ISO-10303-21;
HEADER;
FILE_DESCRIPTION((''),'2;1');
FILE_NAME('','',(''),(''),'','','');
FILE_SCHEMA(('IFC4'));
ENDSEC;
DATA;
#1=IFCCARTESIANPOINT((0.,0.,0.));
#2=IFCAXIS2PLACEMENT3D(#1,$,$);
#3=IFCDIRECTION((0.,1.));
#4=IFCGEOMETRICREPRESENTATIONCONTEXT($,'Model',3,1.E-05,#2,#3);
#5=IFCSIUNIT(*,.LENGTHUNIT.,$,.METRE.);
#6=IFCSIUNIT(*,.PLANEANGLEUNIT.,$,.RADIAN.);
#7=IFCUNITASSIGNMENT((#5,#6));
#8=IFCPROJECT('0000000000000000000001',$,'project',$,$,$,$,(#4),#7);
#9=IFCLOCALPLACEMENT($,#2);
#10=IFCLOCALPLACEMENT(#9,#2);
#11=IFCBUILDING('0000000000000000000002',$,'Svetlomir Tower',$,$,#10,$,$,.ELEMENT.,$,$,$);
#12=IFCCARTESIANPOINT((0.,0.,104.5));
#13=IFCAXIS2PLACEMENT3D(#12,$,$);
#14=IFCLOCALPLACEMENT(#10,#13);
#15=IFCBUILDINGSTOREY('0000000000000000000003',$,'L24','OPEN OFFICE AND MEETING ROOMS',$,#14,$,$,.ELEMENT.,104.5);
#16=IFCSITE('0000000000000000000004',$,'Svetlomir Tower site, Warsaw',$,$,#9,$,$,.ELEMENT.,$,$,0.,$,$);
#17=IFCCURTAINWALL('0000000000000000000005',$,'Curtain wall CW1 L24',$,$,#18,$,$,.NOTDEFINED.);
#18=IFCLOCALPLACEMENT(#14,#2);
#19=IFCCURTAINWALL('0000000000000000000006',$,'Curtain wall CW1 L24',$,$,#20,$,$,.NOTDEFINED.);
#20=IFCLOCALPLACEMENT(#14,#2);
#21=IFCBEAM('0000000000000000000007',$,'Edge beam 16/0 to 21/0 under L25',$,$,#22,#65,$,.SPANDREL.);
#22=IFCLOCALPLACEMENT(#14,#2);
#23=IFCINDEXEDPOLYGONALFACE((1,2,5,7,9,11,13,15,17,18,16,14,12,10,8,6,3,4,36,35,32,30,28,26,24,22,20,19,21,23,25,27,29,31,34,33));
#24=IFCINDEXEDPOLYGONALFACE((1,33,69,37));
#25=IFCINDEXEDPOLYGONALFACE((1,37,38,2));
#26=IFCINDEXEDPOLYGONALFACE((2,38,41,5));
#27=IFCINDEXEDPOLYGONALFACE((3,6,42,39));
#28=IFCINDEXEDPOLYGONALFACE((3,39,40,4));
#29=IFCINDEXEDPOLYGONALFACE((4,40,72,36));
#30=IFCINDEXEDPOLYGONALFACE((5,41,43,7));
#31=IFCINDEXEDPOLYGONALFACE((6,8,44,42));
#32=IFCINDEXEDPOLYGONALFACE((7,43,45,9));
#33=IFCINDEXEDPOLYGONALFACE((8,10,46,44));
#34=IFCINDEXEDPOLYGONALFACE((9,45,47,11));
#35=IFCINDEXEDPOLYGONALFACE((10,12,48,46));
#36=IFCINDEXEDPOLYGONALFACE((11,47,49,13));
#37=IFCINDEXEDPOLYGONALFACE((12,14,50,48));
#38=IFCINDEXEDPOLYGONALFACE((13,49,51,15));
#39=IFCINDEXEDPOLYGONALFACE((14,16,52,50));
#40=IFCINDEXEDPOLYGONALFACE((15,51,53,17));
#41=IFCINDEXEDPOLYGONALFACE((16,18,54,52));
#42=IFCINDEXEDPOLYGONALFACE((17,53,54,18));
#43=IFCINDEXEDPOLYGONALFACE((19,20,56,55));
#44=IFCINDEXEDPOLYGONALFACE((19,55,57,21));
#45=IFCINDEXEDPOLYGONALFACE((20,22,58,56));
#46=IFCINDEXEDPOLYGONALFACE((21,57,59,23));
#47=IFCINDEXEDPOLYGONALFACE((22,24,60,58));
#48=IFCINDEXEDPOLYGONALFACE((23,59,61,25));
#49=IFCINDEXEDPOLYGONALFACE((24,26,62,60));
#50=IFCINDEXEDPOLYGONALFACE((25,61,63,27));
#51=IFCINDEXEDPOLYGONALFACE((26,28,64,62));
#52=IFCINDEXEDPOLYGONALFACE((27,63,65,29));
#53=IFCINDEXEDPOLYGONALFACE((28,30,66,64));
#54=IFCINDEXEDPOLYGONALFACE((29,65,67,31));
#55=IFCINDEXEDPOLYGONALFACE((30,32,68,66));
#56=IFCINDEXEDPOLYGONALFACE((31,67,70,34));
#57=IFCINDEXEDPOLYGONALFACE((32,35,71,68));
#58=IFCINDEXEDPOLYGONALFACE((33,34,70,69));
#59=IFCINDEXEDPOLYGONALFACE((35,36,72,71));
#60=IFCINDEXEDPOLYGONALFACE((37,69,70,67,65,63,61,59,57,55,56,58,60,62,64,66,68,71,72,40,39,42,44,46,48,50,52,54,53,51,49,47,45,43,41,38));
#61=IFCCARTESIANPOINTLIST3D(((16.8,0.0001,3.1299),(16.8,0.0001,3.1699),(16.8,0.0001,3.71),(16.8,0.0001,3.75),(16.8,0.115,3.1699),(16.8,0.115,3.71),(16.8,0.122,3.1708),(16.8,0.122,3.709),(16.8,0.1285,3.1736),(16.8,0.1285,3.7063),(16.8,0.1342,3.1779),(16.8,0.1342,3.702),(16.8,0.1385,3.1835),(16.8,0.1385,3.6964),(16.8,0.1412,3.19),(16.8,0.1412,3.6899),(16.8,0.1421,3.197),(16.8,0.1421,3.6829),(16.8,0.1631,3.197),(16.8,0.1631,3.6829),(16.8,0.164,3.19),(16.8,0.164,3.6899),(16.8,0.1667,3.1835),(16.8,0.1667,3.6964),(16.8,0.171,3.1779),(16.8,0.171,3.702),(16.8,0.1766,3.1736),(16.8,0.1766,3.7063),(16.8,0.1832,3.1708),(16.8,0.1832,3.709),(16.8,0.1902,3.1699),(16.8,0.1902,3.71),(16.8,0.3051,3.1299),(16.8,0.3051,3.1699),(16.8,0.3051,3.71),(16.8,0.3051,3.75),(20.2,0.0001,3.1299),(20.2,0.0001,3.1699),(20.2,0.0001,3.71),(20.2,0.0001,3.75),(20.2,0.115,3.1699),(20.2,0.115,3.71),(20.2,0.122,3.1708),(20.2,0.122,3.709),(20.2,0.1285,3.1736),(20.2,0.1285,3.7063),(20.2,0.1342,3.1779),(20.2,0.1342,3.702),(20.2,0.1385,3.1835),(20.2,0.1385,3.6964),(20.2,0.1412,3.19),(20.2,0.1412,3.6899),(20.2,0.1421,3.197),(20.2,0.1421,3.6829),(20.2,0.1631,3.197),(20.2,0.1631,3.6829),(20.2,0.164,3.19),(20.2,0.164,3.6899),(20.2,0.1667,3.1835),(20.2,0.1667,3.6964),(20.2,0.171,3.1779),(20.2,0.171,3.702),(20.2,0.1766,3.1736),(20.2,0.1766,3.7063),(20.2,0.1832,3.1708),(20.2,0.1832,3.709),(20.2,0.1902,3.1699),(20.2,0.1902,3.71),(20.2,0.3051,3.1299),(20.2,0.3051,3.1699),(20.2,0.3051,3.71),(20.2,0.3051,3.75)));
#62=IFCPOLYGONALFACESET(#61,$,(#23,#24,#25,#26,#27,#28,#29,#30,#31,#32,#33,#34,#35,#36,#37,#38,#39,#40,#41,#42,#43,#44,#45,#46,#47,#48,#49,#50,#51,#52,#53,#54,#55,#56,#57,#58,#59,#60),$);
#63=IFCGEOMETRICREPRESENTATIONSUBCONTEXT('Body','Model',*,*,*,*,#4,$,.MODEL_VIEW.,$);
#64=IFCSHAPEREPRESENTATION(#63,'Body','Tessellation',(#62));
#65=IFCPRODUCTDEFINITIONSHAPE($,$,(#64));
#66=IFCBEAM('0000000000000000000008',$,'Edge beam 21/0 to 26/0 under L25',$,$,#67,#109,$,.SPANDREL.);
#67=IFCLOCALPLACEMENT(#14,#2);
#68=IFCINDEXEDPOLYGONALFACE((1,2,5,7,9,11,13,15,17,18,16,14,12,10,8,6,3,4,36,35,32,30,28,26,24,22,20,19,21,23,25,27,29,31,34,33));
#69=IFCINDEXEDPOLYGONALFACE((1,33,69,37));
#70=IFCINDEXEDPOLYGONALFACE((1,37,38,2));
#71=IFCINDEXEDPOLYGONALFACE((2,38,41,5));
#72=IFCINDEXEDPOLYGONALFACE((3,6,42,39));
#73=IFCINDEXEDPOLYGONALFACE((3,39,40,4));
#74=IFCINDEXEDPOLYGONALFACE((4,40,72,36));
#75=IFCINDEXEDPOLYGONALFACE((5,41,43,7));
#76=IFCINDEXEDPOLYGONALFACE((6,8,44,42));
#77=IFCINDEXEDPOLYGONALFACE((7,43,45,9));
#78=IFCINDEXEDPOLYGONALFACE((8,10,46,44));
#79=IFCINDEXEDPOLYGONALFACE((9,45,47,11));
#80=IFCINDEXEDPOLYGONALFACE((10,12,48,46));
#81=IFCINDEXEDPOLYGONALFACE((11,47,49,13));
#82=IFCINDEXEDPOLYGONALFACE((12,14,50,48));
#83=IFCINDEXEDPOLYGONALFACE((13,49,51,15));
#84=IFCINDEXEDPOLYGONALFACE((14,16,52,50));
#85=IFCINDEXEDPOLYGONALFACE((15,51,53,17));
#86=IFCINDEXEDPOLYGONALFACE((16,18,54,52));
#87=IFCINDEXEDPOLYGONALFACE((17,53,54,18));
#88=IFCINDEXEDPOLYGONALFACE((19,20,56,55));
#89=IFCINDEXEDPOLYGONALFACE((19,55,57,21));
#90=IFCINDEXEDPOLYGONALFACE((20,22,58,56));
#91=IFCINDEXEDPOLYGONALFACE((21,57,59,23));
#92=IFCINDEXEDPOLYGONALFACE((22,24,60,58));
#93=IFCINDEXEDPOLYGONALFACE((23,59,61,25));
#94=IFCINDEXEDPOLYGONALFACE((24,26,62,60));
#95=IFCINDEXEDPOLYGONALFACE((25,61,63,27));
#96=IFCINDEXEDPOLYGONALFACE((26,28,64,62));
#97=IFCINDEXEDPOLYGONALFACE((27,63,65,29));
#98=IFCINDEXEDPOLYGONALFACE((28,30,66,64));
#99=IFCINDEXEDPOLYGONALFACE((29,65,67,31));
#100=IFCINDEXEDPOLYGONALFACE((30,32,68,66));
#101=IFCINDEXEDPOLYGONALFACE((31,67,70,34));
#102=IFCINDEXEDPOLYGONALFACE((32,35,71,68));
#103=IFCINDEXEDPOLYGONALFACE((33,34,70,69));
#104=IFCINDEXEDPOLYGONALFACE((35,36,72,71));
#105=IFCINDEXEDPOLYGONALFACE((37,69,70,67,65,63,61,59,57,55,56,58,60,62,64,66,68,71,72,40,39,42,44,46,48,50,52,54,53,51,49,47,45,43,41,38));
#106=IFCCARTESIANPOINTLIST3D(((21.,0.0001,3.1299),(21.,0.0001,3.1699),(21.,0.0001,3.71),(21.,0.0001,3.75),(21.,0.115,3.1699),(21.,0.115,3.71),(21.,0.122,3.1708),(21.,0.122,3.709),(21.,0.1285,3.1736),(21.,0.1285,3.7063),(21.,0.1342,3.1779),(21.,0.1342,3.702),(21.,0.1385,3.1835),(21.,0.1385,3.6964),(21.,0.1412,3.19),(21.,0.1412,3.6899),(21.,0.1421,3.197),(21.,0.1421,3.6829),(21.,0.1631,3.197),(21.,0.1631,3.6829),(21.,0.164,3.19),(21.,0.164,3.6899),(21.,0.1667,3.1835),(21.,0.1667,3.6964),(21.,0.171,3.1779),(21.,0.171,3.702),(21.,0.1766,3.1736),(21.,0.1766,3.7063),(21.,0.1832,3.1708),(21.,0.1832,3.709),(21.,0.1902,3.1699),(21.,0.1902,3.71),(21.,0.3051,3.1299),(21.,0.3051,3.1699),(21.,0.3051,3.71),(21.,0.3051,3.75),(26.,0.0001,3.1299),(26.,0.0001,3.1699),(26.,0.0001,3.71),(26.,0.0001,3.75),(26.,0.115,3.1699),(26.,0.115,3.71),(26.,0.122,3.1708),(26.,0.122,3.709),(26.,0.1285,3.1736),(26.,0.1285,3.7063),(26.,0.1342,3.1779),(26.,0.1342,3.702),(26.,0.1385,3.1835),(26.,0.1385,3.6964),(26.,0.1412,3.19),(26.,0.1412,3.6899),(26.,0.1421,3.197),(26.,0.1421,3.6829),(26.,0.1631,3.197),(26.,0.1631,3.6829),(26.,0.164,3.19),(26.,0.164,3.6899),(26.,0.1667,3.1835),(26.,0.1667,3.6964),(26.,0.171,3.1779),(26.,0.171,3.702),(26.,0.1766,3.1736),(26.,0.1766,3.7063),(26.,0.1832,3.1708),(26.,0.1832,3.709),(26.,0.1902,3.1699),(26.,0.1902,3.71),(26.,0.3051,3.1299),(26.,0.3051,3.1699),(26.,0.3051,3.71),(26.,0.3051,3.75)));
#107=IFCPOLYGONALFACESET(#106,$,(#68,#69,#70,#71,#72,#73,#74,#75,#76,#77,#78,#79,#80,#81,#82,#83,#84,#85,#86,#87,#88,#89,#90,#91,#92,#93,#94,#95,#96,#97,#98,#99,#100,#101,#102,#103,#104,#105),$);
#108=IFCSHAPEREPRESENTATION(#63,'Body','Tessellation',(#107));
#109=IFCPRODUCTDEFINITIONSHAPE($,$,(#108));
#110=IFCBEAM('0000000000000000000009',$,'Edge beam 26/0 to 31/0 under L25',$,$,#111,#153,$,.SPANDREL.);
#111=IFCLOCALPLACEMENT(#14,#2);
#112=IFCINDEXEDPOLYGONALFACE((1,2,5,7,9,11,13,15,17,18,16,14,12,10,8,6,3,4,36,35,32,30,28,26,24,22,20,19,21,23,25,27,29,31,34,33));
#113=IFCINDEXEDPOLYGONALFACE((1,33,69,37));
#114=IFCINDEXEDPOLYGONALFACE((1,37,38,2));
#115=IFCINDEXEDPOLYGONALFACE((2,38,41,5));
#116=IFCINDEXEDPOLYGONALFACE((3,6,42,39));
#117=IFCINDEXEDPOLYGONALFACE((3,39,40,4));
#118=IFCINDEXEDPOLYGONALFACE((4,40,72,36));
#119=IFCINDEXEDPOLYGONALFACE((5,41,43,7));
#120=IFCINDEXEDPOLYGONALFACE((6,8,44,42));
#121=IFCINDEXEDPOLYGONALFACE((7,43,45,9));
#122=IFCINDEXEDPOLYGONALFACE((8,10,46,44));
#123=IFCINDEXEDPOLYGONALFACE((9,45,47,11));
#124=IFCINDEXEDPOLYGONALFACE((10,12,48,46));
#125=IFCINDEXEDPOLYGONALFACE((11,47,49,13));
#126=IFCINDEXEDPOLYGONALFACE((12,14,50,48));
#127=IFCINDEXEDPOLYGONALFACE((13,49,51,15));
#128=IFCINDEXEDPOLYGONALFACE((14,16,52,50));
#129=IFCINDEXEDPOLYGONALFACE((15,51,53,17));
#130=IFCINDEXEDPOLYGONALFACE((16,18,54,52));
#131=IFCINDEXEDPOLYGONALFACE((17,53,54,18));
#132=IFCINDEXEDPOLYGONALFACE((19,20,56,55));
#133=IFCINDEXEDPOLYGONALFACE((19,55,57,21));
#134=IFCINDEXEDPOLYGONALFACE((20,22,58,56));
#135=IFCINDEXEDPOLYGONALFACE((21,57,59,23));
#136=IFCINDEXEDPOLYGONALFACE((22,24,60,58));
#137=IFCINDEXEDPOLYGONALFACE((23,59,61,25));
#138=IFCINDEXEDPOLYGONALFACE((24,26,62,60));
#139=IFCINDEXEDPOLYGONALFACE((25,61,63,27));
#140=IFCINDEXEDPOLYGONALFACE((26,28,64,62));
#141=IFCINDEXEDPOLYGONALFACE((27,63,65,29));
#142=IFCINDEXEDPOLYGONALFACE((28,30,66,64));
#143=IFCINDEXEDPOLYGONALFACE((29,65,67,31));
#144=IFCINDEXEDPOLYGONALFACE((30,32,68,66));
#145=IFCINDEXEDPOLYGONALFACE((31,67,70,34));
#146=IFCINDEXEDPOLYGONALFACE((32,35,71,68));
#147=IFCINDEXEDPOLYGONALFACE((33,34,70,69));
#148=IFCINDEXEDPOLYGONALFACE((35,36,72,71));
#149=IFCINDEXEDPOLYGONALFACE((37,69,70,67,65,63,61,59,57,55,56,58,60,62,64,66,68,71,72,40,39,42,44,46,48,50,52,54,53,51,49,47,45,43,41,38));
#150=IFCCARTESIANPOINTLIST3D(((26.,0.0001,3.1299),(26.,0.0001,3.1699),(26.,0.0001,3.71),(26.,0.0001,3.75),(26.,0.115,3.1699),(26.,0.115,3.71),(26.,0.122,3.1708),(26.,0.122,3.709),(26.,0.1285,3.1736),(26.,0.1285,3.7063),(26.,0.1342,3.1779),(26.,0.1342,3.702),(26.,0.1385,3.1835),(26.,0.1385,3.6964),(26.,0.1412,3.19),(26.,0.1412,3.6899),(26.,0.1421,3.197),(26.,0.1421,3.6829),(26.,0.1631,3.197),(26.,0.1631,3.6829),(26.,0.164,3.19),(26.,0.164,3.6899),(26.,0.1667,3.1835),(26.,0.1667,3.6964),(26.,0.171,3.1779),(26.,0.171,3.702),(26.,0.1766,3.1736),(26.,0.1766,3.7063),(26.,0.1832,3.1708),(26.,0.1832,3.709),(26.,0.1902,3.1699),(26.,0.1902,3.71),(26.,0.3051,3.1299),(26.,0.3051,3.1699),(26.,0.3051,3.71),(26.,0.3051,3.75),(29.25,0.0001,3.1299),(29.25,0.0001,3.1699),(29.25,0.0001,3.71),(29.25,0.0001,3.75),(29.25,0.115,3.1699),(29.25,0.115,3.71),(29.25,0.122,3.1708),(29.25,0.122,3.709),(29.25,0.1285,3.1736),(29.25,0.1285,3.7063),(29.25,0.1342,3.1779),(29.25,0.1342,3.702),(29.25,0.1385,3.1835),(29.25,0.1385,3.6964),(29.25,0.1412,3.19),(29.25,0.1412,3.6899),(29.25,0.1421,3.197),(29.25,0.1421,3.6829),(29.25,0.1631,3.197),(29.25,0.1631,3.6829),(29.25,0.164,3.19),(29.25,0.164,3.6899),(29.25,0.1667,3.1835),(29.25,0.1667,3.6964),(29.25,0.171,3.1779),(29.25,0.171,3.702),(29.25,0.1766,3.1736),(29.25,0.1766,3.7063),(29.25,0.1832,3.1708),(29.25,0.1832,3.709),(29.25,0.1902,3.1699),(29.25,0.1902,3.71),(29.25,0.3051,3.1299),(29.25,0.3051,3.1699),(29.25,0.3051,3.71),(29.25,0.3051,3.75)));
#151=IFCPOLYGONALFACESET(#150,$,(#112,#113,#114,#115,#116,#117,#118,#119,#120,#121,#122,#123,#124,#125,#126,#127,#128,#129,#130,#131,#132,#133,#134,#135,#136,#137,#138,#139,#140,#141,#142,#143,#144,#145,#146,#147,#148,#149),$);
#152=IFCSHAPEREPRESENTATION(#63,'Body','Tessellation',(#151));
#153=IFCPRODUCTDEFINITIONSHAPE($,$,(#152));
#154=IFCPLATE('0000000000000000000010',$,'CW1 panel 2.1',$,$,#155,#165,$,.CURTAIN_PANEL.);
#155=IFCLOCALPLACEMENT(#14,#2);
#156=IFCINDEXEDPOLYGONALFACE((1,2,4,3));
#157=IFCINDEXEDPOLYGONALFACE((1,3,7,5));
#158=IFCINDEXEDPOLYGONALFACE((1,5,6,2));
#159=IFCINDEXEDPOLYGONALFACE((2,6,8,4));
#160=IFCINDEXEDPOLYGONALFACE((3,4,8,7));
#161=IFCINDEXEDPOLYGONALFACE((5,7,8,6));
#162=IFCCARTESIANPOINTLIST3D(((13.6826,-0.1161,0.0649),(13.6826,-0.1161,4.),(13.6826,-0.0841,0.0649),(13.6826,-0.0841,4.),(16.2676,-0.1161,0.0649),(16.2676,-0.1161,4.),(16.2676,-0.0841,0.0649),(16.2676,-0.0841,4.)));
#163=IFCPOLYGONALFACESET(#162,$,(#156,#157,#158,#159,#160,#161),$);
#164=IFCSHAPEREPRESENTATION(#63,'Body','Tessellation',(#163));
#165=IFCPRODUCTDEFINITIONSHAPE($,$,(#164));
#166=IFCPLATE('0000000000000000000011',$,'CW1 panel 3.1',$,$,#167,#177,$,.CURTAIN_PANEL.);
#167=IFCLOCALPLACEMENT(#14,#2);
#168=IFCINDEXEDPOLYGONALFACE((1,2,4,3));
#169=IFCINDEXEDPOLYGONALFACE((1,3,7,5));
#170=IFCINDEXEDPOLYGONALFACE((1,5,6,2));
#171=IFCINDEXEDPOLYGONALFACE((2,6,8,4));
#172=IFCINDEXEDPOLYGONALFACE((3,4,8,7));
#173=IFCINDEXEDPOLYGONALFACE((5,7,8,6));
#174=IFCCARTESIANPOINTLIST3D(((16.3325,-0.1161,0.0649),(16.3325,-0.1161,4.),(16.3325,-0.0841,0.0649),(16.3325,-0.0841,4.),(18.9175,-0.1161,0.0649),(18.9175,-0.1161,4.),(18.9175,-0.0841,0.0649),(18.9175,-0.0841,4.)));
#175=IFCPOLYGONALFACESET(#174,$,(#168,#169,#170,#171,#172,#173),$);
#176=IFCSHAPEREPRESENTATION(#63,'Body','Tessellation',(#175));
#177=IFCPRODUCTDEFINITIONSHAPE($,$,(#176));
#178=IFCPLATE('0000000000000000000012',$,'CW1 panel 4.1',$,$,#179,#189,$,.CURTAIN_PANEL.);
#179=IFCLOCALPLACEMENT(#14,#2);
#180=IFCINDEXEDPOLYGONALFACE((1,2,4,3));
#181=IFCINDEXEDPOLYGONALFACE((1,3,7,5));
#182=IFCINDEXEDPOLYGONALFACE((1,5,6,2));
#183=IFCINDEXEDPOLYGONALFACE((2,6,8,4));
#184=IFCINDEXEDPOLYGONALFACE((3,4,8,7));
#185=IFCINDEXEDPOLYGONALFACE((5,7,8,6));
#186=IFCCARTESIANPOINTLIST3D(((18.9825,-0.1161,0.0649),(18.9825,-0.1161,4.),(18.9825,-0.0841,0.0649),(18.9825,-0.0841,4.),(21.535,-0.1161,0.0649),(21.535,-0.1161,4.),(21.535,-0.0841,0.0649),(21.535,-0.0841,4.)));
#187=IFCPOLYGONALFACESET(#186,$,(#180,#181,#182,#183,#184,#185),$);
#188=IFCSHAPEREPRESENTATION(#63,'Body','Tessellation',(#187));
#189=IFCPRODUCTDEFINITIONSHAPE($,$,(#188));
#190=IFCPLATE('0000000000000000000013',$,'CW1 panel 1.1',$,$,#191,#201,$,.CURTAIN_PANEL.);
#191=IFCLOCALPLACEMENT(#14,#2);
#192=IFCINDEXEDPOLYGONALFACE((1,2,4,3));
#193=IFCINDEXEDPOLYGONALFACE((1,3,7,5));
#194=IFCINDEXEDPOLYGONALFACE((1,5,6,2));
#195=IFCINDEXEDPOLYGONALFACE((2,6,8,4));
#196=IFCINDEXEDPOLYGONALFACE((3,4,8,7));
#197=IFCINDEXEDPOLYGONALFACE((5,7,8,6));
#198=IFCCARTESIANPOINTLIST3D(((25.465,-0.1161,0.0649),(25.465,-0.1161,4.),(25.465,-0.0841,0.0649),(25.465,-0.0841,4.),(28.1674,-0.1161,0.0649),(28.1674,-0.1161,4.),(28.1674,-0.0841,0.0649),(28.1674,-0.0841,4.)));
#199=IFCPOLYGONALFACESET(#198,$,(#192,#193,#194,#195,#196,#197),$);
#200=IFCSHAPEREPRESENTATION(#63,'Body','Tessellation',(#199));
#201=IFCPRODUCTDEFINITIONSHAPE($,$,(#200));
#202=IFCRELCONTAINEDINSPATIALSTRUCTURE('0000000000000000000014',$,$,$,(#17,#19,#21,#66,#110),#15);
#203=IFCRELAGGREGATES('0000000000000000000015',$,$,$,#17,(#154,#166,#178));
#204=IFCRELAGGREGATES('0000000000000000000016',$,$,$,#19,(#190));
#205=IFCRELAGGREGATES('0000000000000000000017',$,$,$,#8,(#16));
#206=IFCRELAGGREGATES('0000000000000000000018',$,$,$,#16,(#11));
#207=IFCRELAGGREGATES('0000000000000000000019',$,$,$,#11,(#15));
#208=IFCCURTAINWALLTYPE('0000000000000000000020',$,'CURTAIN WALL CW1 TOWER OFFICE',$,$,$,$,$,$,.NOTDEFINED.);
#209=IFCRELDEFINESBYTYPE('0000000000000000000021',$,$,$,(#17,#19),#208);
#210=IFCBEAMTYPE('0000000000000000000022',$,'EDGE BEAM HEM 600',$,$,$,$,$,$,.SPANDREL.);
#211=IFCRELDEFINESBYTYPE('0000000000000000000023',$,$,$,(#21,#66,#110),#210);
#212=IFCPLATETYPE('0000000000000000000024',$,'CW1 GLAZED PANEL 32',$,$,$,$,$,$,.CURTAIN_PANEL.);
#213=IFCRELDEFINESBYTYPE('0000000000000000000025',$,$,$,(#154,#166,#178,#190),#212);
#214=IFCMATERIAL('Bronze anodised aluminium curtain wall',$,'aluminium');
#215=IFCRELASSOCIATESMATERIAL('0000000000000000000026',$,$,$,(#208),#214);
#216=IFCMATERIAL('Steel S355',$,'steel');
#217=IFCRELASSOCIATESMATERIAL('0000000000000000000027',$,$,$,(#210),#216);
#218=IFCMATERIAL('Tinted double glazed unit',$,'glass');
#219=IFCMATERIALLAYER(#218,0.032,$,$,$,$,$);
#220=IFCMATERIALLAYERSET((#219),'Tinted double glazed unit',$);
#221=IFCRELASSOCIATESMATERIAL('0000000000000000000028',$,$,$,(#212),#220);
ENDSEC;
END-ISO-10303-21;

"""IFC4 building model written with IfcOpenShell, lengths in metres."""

from ifc_helpers import new_model, si_unit, direction, frame, origin, origin_2d, place, context, subcontext, project, spatial, rectangle, i_section, extrude, material, layer, layer_set, material_profile, profile_set, type_object, element, aggregate, save


model = new_model("IFC4")

# Units and contexts
model_context = context("Model", 3, precision=1e-05, world=origin(), true_north=direction((0.0, 1.0)))
body_context = subcontext(model_context, "Body", "Model", "MODEL_VIEW")
ifc_project = project(units=[si_unit("LENGTHUNIT", "METRE"), si_unit("PLANEANGLEUNIT", "RADIAN")], contexts=[model_context])

# Site, building, storey
site_placement = place(None, origin())
site = spatial("IfcSite", under=ifc_project, at=site_placement, Name="Svetlomir Tower site, Warsaw", CompositionType="ELEMENT", RefElevation=0.0)
building_placement = place(site_placement, origin())
building = spatial("IfcBuilding", under=site, at=building_placement, Name="Svetlomir Tower", CompositionType="ELEMENT")
storey_placement = place(building_placement, frame((0.0, 0.0, 104.5)))
storey = spatial("IfcBuildingStorey", under=building, at=storey_placement, Name="L24", Description="OPEN OFFICE AND MEETING ROOMS", CompositionType="ELEMENT", Elevation=104.5)

# Curtain walls
ifc_material_1 = material(Name="Bronze anodised aluminium curtain wall", Category="aluminium")
curtain_wall_type = type_object("IfcCurtainWallType", Name="CURTAIN WALL CW1 TOWER OFFICE", PredefinedType="NOTDEFINED", material=ifc_material_1)
curtain_wall_1_placement = place(storey_placement, origin())
curtain_wall_1 = element("IfcCurtainWall", 1, at=curtain_wall_1_placement, inside=storey, type_object=curtain_wall_type, Name="Curtain wall CW1 L24", PredefinedType="NOTDEFINED")
curtain_wall_2_placement = place(storey_placement, origin())
curtain_wall_2 = element("IfcCurtainWall", 2, at=curtain_wall_2_placement, inside=storey, type_object=curtain_wall_type, Name="Curtain wall CW1 L24", PredefinedType="NOTDEFINED")

# Beams
ifc_material_2 = material(Name="Steel S355", Category="steel")
ifc_material_profile_1 = material_profile(ifc_material_2, i_section(OverallWidth=0.3049, OverallDepth=0.6201, WebThickness=0.021, FlangeThickness=0.04, FilletRadius=0.0271, at=origin_2d()), Name="HEM 600")
ifc_profile_set_1 = profile_set([ifc_material_profile_1], Name="Steel S355")
beam_type_1 = type_object("IfcBeamType", Name="EDGE BEAM HEM 600", PredefinedType="SPANDREL", material=ifc_profile_set_1)
beam_1_placement = place(storey_placement, frame((16.8, 0.1526, 3.4399), z_axis=(1.0, 0.0, 0.0), x_axis=(0.0, 1.0, 0.0)))
element("IfcBeam", 3, at=beam_1_placement, inside=storey, type_object=beam_type_1, Name="Edge beam 16/0 to 21/0 under L25", PredefinedType="SPANDREL", context=body_context, shape_type="SweptSolid", body=[
    extrude(i_section(OverallWidth=0.3049, OverallDepth=0.6201, WebThickness=0.021, FlangeThickness=0.04, FilletRadius=0.0271, at=origin_2d()), origin(), (0.0, 0.0, 1.0), 3.3999),
])
beam_2_placement = place(storey_placement, frame((21.0, 0.1526, 3.4399), z_axis=(1.0, 0.0, 0.0), x_axis=(0.0, 1.0, 0.0)))
element("IfcBeam", 4, at=beam_2_placement, inside=storey, type_object=beam_type_1, Name="Edge beam 21/0 to 26/0 under L25", PredefinedType="SPANDREL", context=body_context, shape_type="SweptSolid", body=[
    extrude(i_section(OverallWidth=0.3049, OverallDepth=0.6201, WebThickness=0.021, FlangeThickness=0.04, FilletRadius=0.0271, at=origin_2d()), origin(), (0.0, 0.0, 1.0), 5.0),
])
beam_3_placement = place(storey_placement, frame((26.0, 0.1526, 3.4399), z_axis=(1.0, 0.0, 0.0), x_axis=(0.0, 1.0, 0.0)))
element("IfcBeam", 5, at=beam_3_placement, inside=storey, type_object=beam_type_1, Name="Edge beam 26/0 to 31/0 under L25", PredefinedType="SPANDREL", context=body_context, shape_type="SweptSolid", body=[
    extrude(i_section(OverallWidth=0.3049, OverallDepth=0.6201, WebThickness=0.021, FlangeThickness=0.04, FilletRadius=0.0271, at=origin_2d()), origin(), (0.0, 0.0, 1.0), 3.25),
])

# Plates
ifc_material_3 = material(Name="Tinted double glazed unit", Category="glass")
ifc_layer_1 = layer(ifc_material_3, 0.032)
ifc_layer_set_1 = layer_set([ifc_layer_1], Name="Tinted double glazed unit")
plate_type = type_object("IfcPlateType", Name="CW1 GLAZED PANEL 32", PredefinedType="CURTAIN_PANEL", material=ifc_layer_set_1)
plate_1_placement = place(storey_placement, frame((14.9751, -0.1001, 0.0649), z_axis=(0.0, 0.0, 1.0), x_axis=(1.0, 0.0, 0.0)))
plate_1 = element("IfcPlate", 6, at=plate_1_placement, type_object=plate_type, Name="CW1 panel 2.1", PredefinedType="CURTAIN_PANEL", context=body_context, shape_type="SweptSolid", body=[
    extrude(rectangle(XDim=2.585, YDim=0.032, at=origin_2d()), origin(), (0.0, 0.0, 1.0), 3.9351),
])
plate_2_placement = place(storey_placement, frame((17.625, -0.1001, 0.0649), z_axis=(0.0, 0.0, 1.0), x_axis=(1.0, 0.0, 0.0)))
plate_2 = element("IfcPlate", 7, at=plate_2_placement, type_object=plate_type, Name="CW1 panel 3.1", PredefinedType="CURTAIN_PANEL", context=body_context, shape_type="SweptSolid", body=[
    extrude(rectangle(XDim=2.585, YDim=0.032, at=origin_2d()), origin(), (0.0, 0.0, 1.0), 3.9351),
])
plate_3_placement = place(storey_placement, frame((20.2588, -0.1001, 0.0649), z_axis=(0.0, 0.0, 1.0), x_axis=(1.0, 0.0, 0.0)))
plate_3 = element("IfcPlate", 8, at=plate_3_placement, type_object=plate_type, Name="CW1 panel 4.1", PredefinedType="CURTAIN_PANEL", context=body_context, shape_type="SweptSolid", body=[
    extrude(rectangle(XDim=2.5525, YDim=0.032, at=origin_2d()), origin(), (0.0, 0.0, 1.0), 3.9351),
])
aggregate(curtain_wall_1, [plate_1, plate_2, plate_3])
plate_4_placement = place(storey_placement, frame((26.8162, -0.1001, 0.0649), z_axis=(0.0, 0.0, 1.0), x_axis=(1.0, 0.0, 0.0)))
plate_4 = element("IfcPlate", 9, at=plate_4_placement, type_object=plate_type, Name="CW1 panel 1.1", PredefinedType="CURTAIN_PANEL", context=body_context, shape_type="SweptSolid", body=[
    extrude(rectangle(XDim=2.7024, YDim=0.032, at=origin_2d()), origin(), (0.0, 0.0, 1.0), 3.9351),
])
aggregate(curtain_wall_2, [plate_4])

save(model, "model.ifc")
